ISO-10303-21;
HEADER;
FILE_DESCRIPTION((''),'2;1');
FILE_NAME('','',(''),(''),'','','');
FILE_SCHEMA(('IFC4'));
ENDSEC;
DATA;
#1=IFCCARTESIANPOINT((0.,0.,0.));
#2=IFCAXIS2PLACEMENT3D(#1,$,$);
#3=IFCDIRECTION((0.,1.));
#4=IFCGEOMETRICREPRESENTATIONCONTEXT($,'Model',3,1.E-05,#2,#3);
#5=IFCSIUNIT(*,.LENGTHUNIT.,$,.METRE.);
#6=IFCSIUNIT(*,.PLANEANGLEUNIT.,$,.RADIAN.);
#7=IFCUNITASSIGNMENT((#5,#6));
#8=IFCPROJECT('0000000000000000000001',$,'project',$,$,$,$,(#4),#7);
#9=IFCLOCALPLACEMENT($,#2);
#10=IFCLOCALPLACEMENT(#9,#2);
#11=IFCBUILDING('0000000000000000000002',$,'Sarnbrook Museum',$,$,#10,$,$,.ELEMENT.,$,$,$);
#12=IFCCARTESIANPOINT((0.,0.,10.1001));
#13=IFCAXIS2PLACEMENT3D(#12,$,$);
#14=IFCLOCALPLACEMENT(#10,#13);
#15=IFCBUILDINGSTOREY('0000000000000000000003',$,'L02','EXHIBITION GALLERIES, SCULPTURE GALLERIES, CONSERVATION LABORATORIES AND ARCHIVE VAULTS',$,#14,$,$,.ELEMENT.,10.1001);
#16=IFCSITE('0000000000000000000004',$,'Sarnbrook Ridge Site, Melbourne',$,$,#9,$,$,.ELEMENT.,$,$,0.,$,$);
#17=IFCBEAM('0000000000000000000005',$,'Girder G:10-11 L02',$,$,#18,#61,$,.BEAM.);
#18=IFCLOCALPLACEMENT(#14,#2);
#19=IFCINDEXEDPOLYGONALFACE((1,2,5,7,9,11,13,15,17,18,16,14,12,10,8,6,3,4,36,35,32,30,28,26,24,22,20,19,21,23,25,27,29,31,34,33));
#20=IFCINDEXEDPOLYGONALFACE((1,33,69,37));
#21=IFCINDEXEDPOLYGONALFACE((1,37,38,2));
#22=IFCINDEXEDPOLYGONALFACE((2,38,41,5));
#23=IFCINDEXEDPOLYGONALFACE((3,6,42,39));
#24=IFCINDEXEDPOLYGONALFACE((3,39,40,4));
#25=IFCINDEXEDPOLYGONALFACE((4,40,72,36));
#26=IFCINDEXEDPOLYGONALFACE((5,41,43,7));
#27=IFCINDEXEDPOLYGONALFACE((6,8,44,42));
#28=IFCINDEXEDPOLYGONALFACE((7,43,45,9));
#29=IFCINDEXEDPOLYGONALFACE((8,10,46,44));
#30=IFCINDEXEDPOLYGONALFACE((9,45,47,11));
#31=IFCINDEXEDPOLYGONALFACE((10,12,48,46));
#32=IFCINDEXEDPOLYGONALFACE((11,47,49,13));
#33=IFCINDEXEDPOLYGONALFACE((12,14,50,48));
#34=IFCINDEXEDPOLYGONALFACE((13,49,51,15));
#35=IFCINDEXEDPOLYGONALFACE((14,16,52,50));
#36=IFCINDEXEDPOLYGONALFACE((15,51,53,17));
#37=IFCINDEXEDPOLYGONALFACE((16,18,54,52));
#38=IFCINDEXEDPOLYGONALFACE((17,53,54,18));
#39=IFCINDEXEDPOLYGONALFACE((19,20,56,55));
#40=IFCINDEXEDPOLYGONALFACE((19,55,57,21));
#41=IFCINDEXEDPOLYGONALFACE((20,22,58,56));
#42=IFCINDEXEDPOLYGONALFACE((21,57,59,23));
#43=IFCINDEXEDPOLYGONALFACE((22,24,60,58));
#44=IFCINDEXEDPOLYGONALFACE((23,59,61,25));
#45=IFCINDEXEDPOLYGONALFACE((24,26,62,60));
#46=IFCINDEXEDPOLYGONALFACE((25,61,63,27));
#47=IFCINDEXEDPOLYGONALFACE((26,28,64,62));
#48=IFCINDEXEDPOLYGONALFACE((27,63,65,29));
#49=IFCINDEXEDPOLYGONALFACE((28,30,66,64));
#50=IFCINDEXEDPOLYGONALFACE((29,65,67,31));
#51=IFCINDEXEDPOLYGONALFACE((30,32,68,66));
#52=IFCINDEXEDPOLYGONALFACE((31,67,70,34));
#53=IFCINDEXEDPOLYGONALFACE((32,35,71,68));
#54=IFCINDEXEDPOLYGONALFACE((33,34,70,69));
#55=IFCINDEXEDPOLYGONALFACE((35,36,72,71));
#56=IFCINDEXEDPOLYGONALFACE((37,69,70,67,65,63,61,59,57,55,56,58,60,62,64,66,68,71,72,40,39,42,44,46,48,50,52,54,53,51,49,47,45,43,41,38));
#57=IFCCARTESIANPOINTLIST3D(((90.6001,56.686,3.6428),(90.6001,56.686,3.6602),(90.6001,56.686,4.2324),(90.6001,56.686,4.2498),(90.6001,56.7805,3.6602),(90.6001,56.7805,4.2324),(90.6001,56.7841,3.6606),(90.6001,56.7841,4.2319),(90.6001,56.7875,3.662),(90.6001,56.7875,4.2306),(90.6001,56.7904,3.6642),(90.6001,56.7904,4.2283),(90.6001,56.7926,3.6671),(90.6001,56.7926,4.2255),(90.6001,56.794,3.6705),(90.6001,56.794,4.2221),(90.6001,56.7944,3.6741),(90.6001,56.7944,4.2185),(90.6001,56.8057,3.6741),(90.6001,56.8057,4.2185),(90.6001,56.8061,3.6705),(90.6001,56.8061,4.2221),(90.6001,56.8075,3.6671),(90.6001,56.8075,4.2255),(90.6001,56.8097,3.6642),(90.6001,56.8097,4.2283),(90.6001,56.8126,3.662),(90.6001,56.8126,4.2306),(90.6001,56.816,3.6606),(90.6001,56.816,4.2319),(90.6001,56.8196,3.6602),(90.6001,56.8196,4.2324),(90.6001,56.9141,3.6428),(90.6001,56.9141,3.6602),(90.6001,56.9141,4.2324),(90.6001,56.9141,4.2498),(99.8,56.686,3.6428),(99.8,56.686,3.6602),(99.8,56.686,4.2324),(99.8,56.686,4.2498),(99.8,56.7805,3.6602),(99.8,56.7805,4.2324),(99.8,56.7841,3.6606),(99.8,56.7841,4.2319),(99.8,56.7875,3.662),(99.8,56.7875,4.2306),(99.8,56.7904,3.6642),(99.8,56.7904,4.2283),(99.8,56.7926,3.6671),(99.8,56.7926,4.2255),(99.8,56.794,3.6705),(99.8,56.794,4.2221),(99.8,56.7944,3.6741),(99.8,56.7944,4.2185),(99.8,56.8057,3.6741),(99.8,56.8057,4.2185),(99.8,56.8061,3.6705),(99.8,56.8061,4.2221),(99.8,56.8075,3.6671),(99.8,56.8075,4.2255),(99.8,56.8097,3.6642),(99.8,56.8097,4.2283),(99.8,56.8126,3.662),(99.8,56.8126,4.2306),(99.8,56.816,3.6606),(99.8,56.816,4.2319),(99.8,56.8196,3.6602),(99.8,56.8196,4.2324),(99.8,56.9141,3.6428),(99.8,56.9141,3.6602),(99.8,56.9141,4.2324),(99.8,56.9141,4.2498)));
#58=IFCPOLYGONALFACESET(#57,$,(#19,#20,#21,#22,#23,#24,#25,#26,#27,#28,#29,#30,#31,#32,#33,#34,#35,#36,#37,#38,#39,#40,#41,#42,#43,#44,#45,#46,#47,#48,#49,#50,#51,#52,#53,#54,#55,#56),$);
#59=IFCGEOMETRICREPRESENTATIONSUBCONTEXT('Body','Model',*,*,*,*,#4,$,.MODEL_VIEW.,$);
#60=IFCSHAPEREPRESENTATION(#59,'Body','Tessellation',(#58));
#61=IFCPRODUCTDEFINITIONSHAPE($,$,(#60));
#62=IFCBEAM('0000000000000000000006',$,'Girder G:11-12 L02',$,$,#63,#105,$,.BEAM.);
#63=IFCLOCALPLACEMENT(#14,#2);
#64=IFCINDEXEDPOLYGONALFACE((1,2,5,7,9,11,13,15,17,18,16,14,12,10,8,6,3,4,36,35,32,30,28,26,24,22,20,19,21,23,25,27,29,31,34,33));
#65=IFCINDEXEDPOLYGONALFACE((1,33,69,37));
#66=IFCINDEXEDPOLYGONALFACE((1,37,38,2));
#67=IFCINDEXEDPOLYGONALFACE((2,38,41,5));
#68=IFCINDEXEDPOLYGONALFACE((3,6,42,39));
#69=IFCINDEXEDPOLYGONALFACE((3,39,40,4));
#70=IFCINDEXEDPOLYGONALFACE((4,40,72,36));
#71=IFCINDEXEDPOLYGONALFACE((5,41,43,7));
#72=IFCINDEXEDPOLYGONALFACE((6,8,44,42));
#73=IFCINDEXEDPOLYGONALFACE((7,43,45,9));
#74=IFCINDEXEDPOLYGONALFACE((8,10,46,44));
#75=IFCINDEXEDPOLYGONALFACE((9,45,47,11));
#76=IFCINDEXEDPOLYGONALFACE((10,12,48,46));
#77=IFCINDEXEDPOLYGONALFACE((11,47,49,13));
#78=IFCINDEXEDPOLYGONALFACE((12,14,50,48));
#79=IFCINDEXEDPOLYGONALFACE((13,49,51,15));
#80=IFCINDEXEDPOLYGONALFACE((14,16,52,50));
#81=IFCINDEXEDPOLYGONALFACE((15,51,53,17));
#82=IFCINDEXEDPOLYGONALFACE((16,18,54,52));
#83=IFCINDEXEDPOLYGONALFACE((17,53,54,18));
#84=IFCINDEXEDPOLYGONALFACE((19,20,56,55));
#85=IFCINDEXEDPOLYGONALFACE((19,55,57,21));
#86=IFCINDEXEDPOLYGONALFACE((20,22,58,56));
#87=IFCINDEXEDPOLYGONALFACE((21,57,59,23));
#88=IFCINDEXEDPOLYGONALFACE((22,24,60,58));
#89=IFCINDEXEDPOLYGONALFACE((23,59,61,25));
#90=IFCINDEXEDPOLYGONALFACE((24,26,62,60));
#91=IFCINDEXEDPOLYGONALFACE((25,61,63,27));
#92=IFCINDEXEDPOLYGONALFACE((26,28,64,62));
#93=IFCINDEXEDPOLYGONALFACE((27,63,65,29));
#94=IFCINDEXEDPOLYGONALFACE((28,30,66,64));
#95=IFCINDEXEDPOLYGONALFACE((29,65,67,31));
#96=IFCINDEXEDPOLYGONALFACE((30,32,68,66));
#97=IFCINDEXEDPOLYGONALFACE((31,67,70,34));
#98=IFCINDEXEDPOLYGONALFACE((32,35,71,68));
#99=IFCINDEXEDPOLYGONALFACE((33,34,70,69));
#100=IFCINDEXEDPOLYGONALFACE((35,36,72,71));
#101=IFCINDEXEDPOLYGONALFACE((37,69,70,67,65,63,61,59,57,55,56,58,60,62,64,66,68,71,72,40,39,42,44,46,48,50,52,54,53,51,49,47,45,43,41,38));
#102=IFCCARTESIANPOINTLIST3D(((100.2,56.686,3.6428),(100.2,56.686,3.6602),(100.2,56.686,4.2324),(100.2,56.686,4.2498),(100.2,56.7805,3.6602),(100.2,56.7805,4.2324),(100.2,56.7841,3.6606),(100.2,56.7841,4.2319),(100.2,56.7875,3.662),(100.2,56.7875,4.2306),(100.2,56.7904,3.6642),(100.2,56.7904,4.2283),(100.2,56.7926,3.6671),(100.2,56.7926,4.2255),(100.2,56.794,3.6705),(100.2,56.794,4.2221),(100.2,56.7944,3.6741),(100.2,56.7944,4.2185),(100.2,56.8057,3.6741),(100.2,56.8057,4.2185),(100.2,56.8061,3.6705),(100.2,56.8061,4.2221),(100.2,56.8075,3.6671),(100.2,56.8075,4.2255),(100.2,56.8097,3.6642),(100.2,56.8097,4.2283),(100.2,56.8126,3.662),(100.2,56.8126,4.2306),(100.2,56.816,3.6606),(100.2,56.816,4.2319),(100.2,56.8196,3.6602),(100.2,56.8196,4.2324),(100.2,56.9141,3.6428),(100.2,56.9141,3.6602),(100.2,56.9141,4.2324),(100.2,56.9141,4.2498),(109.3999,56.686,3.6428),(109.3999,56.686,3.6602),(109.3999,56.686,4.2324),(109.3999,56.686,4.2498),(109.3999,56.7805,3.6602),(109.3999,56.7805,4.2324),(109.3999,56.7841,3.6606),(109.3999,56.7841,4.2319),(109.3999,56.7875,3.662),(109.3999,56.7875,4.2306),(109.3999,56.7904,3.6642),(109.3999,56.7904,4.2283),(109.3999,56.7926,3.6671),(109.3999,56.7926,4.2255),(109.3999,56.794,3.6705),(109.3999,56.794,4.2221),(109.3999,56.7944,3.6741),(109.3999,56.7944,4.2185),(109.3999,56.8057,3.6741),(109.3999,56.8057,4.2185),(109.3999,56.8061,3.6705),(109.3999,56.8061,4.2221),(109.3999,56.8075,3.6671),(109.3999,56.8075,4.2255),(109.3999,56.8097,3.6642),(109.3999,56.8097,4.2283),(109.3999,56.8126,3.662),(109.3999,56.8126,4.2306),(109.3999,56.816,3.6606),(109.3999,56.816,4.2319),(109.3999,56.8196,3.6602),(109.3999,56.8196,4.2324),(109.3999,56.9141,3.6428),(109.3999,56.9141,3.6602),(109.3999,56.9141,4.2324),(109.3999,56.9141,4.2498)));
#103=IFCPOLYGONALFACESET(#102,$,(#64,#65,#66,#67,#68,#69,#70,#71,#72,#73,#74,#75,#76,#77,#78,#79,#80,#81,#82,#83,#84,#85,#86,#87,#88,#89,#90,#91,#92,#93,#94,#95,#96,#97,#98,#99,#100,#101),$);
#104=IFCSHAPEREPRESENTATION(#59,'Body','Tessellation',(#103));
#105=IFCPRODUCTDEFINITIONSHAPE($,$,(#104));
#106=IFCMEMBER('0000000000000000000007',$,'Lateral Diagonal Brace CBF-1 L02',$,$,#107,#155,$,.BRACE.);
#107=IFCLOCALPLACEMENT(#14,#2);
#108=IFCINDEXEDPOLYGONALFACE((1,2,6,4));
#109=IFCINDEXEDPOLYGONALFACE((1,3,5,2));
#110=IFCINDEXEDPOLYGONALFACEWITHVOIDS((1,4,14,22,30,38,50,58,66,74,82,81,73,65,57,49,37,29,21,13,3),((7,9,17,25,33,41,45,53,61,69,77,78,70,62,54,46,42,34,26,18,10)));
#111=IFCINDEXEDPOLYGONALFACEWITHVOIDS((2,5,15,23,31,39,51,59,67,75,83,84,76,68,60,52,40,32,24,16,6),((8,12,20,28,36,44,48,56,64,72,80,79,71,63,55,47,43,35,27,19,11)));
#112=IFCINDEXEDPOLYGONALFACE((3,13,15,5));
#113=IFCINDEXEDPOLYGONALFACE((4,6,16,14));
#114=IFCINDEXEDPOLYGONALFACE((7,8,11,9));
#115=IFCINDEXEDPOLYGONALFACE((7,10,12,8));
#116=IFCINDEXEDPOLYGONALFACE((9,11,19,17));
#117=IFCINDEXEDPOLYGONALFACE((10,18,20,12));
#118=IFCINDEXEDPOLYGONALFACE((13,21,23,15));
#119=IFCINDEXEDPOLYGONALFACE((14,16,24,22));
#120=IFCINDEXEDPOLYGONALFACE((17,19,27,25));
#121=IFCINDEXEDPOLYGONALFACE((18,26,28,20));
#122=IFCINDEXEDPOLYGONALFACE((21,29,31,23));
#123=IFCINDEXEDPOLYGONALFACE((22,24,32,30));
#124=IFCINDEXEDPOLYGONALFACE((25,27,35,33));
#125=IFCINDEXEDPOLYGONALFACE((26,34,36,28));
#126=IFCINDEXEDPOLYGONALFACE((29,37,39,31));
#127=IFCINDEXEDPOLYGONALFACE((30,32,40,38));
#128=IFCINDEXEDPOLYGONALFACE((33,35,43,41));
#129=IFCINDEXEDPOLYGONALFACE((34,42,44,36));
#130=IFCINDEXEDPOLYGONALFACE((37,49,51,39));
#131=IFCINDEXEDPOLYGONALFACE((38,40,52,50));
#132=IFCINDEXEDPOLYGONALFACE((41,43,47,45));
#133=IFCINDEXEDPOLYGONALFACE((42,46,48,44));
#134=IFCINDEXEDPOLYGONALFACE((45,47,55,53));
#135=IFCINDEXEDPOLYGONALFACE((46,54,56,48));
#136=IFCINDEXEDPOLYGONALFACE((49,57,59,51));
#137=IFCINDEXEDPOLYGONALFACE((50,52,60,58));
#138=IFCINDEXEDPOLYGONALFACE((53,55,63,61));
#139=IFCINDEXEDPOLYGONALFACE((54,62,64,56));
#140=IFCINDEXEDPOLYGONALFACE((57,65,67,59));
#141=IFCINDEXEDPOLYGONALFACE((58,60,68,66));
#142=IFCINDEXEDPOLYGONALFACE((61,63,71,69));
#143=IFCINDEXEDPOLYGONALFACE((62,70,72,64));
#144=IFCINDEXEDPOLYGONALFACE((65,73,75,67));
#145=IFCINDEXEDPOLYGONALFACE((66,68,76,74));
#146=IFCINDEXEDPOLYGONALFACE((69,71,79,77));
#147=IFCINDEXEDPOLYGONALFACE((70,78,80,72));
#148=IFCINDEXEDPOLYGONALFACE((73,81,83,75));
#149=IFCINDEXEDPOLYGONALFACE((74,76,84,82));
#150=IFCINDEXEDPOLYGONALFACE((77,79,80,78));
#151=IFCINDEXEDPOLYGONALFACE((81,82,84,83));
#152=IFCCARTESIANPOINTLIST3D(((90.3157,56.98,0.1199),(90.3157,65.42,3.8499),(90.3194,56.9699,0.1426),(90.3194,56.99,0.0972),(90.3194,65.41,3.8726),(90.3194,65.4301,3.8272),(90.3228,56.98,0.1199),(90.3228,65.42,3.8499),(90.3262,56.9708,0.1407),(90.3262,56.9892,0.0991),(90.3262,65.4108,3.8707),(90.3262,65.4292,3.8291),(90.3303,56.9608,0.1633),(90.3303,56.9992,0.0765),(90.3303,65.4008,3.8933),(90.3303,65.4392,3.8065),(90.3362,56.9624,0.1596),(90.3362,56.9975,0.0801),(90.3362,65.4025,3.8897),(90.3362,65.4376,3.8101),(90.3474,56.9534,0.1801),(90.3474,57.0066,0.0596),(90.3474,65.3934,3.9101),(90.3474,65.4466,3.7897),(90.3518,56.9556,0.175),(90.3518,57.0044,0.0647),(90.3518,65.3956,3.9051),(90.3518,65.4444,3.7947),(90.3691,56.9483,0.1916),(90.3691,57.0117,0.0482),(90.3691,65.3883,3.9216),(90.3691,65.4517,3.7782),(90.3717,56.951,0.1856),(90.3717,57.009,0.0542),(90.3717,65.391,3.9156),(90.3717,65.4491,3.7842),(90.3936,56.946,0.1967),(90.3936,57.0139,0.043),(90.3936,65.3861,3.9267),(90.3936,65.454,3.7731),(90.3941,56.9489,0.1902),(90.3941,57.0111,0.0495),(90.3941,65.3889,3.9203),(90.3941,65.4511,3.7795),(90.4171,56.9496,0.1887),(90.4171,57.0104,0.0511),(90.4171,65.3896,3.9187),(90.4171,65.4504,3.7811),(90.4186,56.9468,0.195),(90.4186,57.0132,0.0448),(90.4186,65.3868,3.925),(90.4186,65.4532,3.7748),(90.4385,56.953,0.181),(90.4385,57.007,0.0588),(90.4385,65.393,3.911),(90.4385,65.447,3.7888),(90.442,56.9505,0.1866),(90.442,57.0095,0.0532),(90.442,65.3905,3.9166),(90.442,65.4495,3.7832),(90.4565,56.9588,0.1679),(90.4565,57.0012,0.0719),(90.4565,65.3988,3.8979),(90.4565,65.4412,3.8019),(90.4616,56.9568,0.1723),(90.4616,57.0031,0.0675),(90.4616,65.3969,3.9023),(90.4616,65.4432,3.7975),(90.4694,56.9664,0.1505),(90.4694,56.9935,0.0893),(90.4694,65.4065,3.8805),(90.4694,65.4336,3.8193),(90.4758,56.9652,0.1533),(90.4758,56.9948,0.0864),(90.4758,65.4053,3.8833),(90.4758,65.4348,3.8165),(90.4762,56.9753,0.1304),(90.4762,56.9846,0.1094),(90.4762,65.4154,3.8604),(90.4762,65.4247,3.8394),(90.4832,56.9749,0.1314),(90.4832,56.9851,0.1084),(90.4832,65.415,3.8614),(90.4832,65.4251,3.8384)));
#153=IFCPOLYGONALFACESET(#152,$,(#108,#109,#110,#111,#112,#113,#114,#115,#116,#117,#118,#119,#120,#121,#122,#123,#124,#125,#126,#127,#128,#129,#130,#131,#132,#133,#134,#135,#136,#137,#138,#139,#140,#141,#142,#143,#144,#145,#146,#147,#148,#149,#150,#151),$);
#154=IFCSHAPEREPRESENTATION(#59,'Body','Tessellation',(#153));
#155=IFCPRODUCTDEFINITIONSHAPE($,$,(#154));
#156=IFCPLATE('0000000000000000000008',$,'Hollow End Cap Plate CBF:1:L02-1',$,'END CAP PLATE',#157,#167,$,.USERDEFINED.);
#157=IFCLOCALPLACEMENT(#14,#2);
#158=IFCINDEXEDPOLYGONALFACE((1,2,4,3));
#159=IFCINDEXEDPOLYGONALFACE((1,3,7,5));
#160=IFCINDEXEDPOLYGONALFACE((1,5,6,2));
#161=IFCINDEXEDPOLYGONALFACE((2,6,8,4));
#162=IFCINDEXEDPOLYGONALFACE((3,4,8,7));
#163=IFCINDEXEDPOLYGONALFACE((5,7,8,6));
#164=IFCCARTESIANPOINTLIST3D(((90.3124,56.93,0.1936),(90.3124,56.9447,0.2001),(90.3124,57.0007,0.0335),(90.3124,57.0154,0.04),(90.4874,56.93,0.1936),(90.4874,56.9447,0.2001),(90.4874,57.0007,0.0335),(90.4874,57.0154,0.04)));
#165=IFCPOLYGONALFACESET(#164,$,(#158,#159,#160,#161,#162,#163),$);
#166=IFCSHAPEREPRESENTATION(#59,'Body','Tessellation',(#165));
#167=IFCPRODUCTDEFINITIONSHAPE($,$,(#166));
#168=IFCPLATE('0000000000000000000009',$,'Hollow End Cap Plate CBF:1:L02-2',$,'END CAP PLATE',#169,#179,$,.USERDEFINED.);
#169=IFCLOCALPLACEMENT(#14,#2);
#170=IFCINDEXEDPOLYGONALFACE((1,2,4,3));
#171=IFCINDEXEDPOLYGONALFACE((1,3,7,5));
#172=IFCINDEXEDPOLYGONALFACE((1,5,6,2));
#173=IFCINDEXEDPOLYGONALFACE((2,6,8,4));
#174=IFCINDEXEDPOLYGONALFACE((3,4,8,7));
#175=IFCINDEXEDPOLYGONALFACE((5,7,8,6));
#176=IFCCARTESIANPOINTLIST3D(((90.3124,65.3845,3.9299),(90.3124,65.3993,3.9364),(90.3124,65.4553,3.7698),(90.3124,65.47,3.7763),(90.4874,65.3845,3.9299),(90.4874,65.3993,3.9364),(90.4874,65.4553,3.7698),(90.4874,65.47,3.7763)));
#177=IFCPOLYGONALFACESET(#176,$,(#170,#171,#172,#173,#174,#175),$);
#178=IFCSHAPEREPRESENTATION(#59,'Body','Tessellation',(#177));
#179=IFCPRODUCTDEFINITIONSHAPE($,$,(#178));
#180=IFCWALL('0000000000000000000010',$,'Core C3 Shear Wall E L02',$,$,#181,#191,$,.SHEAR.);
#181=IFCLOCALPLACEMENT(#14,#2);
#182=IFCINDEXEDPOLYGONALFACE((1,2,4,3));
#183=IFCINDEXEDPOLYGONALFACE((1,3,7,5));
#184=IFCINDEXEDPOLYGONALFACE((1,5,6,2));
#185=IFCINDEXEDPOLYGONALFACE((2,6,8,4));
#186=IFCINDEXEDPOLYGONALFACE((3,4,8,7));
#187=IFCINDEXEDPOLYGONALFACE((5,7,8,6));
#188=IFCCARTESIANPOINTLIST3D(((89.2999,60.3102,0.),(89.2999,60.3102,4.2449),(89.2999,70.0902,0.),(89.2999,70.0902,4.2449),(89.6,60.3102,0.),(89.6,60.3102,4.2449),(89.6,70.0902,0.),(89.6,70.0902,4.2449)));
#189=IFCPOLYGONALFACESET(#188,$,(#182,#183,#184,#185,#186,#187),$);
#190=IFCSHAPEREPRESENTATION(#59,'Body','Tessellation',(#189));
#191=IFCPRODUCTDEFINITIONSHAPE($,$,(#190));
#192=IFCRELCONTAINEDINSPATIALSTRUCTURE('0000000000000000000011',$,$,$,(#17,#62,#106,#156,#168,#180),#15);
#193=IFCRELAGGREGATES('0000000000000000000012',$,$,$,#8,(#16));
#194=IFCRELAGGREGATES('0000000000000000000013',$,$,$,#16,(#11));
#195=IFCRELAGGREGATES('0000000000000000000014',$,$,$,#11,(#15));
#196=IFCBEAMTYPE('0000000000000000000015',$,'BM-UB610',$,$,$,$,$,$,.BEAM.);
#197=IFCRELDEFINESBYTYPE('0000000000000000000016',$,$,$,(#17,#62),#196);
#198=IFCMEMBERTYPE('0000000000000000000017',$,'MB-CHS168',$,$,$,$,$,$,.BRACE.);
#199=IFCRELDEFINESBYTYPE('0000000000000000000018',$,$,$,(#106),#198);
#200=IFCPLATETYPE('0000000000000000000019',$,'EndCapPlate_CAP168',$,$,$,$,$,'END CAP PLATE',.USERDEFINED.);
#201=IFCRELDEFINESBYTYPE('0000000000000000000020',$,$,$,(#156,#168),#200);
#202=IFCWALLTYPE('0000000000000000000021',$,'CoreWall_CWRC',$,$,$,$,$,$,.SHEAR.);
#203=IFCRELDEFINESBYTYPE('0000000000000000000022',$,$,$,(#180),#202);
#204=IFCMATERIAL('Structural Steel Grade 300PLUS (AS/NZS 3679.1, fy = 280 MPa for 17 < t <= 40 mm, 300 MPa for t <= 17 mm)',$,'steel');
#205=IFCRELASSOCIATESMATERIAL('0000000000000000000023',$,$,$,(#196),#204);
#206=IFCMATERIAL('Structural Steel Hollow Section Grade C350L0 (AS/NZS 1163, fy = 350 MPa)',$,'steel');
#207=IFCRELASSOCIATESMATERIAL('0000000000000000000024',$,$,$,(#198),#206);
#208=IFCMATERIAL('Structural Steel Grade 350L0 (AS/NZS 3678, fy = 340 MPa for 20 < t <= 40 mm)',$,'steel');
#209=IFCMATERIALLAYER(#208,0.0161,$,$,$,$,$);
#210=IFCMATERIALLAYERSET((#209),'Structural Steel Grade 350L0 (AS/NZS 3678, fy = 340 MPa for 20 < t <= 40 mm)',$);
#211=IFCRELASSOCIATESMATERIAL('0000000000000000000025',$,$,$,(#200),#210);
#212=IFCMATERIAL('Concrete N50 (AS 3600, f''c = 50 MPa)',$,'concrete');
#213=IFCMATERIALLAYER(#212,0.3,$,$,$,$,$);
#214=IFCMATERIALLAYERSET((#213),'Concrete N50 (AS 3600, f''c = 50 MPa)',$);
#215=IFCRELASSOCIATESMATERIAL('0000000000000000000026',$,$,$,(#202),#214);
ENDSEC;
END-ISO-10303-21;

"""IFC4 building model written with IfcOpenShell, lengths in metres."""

from ifc_helpers import new_model, si_unit, direction, frame, frame_2d, origin, origin_2d, place, context, subcontext, project, spatial, rectangle, hollow_circle, i_section, extrude, material, layer, layer_set, material_profile, profile_set, type_object, element, save


model = new_model("IFC4")

# Units and contexts
model_context = context("Model", 3, precision=1e-05, world=origin(), true_north=direction((0.0, 1.0)))
body_context = subcontext(model_context, "Body", "Model", "MODEL_VIEW")
ifc_project = project(units=[si_unit("LENGTHUNIT", "METRE"), si_unit("PLANEANGLEUNIT", "RADIAN")], contexts=[model_context])

# Site, building, storey
site_placement = place(None, origin())
site = spatial("IfcSite", under=ifc_project, at=site_placement, Name="Sarnbrook Ridge Site, Melbourne", CompositionType="ELEMENT", RefElevation=0.0)
building_placement = place(site_placement, origin())
building = spatial("IfcBuilding", under=site, at=building_placement, Name="Sarnbrook Museum", CompositionType="ELEMENT")
storey_placement = place(building_placement, frame((0.0, 0.0, 10.1001)))
storey = spatial("IfcBuildingStorey", under=building, at=storey_placement, Name="L02", Description="EXHIBITION GALLERIES, SCULPTURE GALLERIES, CONSERVATION LABORATORIES AND ARCHIVE VAULTS", CompositionType="ELEMENT", Elevation=10.1001)

# Shared definitions
ifc_material_1 = material(Name="Structural Steel Grade 350L0 (AS/NZS 3678, fy = 340 MPa for 20 < t <= 40 mm)", Category="steel")

# Beams
ifc_material_2 = material(Name="Structural Steel Grade 300PLUS (AS/NZS 3679.1, fy = 280 MPa for 17 < t <= 40 mm, 300 MPa for t <= 17 mm)", Category="steel")
ifc_material_profile_1 = material_profile(ifc_material_2, i_section(OverallWidth=0.228, OverallDepth=0.6069, WebThickness=0.0112, FlangeThickness=0.0173, FilletRadius=0.0139, at=origin_2d()), Name="610UB113")
ifc_profile_set_1 = profile_set([ifc_material_profile_1], Name="Structural Steel Grade 300PLUS (AS/NZS 3679.1, fy = 280 MPa for 17 < t <= 40 mm, 300 MPa for t <= 17 mm)")
beam_type_1 = type_object("IfcBeamType", Name="BM-UB610", PredefinedType="BEAM", material=ifc_profile_set_1)
for number, where, z_axis, x_axis, name in (
    (1, (90.6001, 56.8, 3.9463), (1.0, 0.0, 0.0), (0.0, 1.0, 0.0), "Girder G:10-11 L02"),
    (2, (100.2, 56.8, 3.9463), (1.0, 0.0, 0.0), (0.0, 1.0, 0.0), "Girder G:11-12 L02"),
):
    element("IfcBeam", number, at=place(storey_placement, frame(where, z_axis=z_axis, x_axis=x_axis)), inside=storey, type_object=beam_type_1, Name=name, PredefinedType="BEAM", context=body_context, shape_type="SweptSolid", body=[
        extrude(i_section(OverallWidth=0.228, OverallDepth=0.6069, WebThickness=0.0112, FlangeThickness=0.0173, FilletRadius=0.0139, at=origin_2d()), origin(), (0.0, 0.0, 1.0), 9.2),
    ])

# Member
ifc_material_3 = material(Name="Structural Steel Hollow Section Grade C350L0 (AS/NZS 1163, fy = 350 MPa)", Category="steel")
ifc_material_profile_2 = material_profile(ifc_material_3, hollow_circle(Radius=0.0842, WallThickness=0.0071, at=origin_2d()), Name="168.3x7.1CHS")
ifc_profile_set_2 = profile_set([ifc_material_profile_2], Name="Structural Steel Hollow Section Grade C350L0 (AS/NZS 1163, fy = 350 MPa)")
member_type = type_object("IfcMemberType", Name="MB-CHS168", PredefinedType="BRACE", material=ifc_profile_set_2)
member_placement = place(storey_placement, frame((90.3999, 56.98, 0.1199), z_axis=(0.0, 0.914658, 0.404228), x_axis=(-1.0, 0.0, 0.0)))
element("IfcMember", 3, at=member_placement, inside=storey, type_object=member_type, Name="Lateral Diagonal Brace CBF-1 L02", PredefinedType="BRACE", context=body_context, shape_type="SweptSolid", body=[
    extrude(hollow_circle(Radius=0.0842, WallThickness=0.0071, at=origin_2d()), origin(), (0.0, 0.0, 1.0), 9.2275),
])

# Plates
ifc_layer_1 = layer(ifc_material_1, 0.0161)
ifc_layer_set_1 = layer_set([ifc_layer_1], Name="Structural Steel Grade 350L0 (AS/NZS 3678, fy = 340 MPa for 20 < t <= 40 mm)")
plate_type = type_object("IfcPlateType", Name="EndCapPlate_CAP168", ElementType="END CAP PLATE", PredefinedType="USERDEFINED", material=ifc_layer_set_1)
for number, where, z_axis, x_axis, name in (
    (4, (90.3999, 56.9653, 0.1135), (0.0, 0.914659, 0.404227), (-1.0, 0.0, 0.0), "Hollow End Cap Plate CBF:1:L02-1"),
    (5, (90.3999, 65.4199, 3.8499), (0.0, 0.914659, 0.404227), (-1.0, 0.0, 0.0), "Hollow End Cap Plate CBF:1:L02-2"),
):
    element("IfcPlate", number, at=place(storey_placement, frame(where, z_axis=z_axis, x_axis=x_axis)), inside=storey, type_object=plate_type, Name=name, ObjectType="END CAP PLATE", PredefinedType="USERDEFINED", context=body_context, shape_type="SweptSolid", body=[
        extrude(rectangle(XDim=0.175, YDim=0.175, at=origin_2d()), origin(), (0.0, 0.0, 1.0), 0.0161),
    ])

# Wall
ifc_material_4 = material(Name="Concrete N50 (AS 3600, f'c = 50 MPa)", Category="concrete")
ifc_layer_2 = layer(ifc_material_4, 0.3)
ifc_layer_set_2 = layer_set([ifc_layer_2], Name="Concrete N50 (AS 3600, f'c = 50 MPa)")
wall_type_1 = type_object("IfcWallType", Name="CoreWall_CWRC", PredefinedType="SHEAR", material=ifc_layer_set_2)
wall_1_placement = place(storey_placement, frame((89.45, 60.3101, 0.0), z_axis=(0.0, 0.0, 1.0), x_axis=(0.0, 1.0, 0.0)))
element("IfcWall", 6, at=wall_1_placement, inside=storey, type_object=wall_type_1, Name="Core C3 Shear Wall E L02", PredefinedType="SHEAR", context=body_context, shape_type="SweptSolid", body=[
    extrude(rectangle(XDim=9.78, YDim=0.3, at=frame_2d((4.8901, 0.0))), origin(), (0.0, 0.0, 1.0), 4.2449),
])

save(model, "model.ifc")
